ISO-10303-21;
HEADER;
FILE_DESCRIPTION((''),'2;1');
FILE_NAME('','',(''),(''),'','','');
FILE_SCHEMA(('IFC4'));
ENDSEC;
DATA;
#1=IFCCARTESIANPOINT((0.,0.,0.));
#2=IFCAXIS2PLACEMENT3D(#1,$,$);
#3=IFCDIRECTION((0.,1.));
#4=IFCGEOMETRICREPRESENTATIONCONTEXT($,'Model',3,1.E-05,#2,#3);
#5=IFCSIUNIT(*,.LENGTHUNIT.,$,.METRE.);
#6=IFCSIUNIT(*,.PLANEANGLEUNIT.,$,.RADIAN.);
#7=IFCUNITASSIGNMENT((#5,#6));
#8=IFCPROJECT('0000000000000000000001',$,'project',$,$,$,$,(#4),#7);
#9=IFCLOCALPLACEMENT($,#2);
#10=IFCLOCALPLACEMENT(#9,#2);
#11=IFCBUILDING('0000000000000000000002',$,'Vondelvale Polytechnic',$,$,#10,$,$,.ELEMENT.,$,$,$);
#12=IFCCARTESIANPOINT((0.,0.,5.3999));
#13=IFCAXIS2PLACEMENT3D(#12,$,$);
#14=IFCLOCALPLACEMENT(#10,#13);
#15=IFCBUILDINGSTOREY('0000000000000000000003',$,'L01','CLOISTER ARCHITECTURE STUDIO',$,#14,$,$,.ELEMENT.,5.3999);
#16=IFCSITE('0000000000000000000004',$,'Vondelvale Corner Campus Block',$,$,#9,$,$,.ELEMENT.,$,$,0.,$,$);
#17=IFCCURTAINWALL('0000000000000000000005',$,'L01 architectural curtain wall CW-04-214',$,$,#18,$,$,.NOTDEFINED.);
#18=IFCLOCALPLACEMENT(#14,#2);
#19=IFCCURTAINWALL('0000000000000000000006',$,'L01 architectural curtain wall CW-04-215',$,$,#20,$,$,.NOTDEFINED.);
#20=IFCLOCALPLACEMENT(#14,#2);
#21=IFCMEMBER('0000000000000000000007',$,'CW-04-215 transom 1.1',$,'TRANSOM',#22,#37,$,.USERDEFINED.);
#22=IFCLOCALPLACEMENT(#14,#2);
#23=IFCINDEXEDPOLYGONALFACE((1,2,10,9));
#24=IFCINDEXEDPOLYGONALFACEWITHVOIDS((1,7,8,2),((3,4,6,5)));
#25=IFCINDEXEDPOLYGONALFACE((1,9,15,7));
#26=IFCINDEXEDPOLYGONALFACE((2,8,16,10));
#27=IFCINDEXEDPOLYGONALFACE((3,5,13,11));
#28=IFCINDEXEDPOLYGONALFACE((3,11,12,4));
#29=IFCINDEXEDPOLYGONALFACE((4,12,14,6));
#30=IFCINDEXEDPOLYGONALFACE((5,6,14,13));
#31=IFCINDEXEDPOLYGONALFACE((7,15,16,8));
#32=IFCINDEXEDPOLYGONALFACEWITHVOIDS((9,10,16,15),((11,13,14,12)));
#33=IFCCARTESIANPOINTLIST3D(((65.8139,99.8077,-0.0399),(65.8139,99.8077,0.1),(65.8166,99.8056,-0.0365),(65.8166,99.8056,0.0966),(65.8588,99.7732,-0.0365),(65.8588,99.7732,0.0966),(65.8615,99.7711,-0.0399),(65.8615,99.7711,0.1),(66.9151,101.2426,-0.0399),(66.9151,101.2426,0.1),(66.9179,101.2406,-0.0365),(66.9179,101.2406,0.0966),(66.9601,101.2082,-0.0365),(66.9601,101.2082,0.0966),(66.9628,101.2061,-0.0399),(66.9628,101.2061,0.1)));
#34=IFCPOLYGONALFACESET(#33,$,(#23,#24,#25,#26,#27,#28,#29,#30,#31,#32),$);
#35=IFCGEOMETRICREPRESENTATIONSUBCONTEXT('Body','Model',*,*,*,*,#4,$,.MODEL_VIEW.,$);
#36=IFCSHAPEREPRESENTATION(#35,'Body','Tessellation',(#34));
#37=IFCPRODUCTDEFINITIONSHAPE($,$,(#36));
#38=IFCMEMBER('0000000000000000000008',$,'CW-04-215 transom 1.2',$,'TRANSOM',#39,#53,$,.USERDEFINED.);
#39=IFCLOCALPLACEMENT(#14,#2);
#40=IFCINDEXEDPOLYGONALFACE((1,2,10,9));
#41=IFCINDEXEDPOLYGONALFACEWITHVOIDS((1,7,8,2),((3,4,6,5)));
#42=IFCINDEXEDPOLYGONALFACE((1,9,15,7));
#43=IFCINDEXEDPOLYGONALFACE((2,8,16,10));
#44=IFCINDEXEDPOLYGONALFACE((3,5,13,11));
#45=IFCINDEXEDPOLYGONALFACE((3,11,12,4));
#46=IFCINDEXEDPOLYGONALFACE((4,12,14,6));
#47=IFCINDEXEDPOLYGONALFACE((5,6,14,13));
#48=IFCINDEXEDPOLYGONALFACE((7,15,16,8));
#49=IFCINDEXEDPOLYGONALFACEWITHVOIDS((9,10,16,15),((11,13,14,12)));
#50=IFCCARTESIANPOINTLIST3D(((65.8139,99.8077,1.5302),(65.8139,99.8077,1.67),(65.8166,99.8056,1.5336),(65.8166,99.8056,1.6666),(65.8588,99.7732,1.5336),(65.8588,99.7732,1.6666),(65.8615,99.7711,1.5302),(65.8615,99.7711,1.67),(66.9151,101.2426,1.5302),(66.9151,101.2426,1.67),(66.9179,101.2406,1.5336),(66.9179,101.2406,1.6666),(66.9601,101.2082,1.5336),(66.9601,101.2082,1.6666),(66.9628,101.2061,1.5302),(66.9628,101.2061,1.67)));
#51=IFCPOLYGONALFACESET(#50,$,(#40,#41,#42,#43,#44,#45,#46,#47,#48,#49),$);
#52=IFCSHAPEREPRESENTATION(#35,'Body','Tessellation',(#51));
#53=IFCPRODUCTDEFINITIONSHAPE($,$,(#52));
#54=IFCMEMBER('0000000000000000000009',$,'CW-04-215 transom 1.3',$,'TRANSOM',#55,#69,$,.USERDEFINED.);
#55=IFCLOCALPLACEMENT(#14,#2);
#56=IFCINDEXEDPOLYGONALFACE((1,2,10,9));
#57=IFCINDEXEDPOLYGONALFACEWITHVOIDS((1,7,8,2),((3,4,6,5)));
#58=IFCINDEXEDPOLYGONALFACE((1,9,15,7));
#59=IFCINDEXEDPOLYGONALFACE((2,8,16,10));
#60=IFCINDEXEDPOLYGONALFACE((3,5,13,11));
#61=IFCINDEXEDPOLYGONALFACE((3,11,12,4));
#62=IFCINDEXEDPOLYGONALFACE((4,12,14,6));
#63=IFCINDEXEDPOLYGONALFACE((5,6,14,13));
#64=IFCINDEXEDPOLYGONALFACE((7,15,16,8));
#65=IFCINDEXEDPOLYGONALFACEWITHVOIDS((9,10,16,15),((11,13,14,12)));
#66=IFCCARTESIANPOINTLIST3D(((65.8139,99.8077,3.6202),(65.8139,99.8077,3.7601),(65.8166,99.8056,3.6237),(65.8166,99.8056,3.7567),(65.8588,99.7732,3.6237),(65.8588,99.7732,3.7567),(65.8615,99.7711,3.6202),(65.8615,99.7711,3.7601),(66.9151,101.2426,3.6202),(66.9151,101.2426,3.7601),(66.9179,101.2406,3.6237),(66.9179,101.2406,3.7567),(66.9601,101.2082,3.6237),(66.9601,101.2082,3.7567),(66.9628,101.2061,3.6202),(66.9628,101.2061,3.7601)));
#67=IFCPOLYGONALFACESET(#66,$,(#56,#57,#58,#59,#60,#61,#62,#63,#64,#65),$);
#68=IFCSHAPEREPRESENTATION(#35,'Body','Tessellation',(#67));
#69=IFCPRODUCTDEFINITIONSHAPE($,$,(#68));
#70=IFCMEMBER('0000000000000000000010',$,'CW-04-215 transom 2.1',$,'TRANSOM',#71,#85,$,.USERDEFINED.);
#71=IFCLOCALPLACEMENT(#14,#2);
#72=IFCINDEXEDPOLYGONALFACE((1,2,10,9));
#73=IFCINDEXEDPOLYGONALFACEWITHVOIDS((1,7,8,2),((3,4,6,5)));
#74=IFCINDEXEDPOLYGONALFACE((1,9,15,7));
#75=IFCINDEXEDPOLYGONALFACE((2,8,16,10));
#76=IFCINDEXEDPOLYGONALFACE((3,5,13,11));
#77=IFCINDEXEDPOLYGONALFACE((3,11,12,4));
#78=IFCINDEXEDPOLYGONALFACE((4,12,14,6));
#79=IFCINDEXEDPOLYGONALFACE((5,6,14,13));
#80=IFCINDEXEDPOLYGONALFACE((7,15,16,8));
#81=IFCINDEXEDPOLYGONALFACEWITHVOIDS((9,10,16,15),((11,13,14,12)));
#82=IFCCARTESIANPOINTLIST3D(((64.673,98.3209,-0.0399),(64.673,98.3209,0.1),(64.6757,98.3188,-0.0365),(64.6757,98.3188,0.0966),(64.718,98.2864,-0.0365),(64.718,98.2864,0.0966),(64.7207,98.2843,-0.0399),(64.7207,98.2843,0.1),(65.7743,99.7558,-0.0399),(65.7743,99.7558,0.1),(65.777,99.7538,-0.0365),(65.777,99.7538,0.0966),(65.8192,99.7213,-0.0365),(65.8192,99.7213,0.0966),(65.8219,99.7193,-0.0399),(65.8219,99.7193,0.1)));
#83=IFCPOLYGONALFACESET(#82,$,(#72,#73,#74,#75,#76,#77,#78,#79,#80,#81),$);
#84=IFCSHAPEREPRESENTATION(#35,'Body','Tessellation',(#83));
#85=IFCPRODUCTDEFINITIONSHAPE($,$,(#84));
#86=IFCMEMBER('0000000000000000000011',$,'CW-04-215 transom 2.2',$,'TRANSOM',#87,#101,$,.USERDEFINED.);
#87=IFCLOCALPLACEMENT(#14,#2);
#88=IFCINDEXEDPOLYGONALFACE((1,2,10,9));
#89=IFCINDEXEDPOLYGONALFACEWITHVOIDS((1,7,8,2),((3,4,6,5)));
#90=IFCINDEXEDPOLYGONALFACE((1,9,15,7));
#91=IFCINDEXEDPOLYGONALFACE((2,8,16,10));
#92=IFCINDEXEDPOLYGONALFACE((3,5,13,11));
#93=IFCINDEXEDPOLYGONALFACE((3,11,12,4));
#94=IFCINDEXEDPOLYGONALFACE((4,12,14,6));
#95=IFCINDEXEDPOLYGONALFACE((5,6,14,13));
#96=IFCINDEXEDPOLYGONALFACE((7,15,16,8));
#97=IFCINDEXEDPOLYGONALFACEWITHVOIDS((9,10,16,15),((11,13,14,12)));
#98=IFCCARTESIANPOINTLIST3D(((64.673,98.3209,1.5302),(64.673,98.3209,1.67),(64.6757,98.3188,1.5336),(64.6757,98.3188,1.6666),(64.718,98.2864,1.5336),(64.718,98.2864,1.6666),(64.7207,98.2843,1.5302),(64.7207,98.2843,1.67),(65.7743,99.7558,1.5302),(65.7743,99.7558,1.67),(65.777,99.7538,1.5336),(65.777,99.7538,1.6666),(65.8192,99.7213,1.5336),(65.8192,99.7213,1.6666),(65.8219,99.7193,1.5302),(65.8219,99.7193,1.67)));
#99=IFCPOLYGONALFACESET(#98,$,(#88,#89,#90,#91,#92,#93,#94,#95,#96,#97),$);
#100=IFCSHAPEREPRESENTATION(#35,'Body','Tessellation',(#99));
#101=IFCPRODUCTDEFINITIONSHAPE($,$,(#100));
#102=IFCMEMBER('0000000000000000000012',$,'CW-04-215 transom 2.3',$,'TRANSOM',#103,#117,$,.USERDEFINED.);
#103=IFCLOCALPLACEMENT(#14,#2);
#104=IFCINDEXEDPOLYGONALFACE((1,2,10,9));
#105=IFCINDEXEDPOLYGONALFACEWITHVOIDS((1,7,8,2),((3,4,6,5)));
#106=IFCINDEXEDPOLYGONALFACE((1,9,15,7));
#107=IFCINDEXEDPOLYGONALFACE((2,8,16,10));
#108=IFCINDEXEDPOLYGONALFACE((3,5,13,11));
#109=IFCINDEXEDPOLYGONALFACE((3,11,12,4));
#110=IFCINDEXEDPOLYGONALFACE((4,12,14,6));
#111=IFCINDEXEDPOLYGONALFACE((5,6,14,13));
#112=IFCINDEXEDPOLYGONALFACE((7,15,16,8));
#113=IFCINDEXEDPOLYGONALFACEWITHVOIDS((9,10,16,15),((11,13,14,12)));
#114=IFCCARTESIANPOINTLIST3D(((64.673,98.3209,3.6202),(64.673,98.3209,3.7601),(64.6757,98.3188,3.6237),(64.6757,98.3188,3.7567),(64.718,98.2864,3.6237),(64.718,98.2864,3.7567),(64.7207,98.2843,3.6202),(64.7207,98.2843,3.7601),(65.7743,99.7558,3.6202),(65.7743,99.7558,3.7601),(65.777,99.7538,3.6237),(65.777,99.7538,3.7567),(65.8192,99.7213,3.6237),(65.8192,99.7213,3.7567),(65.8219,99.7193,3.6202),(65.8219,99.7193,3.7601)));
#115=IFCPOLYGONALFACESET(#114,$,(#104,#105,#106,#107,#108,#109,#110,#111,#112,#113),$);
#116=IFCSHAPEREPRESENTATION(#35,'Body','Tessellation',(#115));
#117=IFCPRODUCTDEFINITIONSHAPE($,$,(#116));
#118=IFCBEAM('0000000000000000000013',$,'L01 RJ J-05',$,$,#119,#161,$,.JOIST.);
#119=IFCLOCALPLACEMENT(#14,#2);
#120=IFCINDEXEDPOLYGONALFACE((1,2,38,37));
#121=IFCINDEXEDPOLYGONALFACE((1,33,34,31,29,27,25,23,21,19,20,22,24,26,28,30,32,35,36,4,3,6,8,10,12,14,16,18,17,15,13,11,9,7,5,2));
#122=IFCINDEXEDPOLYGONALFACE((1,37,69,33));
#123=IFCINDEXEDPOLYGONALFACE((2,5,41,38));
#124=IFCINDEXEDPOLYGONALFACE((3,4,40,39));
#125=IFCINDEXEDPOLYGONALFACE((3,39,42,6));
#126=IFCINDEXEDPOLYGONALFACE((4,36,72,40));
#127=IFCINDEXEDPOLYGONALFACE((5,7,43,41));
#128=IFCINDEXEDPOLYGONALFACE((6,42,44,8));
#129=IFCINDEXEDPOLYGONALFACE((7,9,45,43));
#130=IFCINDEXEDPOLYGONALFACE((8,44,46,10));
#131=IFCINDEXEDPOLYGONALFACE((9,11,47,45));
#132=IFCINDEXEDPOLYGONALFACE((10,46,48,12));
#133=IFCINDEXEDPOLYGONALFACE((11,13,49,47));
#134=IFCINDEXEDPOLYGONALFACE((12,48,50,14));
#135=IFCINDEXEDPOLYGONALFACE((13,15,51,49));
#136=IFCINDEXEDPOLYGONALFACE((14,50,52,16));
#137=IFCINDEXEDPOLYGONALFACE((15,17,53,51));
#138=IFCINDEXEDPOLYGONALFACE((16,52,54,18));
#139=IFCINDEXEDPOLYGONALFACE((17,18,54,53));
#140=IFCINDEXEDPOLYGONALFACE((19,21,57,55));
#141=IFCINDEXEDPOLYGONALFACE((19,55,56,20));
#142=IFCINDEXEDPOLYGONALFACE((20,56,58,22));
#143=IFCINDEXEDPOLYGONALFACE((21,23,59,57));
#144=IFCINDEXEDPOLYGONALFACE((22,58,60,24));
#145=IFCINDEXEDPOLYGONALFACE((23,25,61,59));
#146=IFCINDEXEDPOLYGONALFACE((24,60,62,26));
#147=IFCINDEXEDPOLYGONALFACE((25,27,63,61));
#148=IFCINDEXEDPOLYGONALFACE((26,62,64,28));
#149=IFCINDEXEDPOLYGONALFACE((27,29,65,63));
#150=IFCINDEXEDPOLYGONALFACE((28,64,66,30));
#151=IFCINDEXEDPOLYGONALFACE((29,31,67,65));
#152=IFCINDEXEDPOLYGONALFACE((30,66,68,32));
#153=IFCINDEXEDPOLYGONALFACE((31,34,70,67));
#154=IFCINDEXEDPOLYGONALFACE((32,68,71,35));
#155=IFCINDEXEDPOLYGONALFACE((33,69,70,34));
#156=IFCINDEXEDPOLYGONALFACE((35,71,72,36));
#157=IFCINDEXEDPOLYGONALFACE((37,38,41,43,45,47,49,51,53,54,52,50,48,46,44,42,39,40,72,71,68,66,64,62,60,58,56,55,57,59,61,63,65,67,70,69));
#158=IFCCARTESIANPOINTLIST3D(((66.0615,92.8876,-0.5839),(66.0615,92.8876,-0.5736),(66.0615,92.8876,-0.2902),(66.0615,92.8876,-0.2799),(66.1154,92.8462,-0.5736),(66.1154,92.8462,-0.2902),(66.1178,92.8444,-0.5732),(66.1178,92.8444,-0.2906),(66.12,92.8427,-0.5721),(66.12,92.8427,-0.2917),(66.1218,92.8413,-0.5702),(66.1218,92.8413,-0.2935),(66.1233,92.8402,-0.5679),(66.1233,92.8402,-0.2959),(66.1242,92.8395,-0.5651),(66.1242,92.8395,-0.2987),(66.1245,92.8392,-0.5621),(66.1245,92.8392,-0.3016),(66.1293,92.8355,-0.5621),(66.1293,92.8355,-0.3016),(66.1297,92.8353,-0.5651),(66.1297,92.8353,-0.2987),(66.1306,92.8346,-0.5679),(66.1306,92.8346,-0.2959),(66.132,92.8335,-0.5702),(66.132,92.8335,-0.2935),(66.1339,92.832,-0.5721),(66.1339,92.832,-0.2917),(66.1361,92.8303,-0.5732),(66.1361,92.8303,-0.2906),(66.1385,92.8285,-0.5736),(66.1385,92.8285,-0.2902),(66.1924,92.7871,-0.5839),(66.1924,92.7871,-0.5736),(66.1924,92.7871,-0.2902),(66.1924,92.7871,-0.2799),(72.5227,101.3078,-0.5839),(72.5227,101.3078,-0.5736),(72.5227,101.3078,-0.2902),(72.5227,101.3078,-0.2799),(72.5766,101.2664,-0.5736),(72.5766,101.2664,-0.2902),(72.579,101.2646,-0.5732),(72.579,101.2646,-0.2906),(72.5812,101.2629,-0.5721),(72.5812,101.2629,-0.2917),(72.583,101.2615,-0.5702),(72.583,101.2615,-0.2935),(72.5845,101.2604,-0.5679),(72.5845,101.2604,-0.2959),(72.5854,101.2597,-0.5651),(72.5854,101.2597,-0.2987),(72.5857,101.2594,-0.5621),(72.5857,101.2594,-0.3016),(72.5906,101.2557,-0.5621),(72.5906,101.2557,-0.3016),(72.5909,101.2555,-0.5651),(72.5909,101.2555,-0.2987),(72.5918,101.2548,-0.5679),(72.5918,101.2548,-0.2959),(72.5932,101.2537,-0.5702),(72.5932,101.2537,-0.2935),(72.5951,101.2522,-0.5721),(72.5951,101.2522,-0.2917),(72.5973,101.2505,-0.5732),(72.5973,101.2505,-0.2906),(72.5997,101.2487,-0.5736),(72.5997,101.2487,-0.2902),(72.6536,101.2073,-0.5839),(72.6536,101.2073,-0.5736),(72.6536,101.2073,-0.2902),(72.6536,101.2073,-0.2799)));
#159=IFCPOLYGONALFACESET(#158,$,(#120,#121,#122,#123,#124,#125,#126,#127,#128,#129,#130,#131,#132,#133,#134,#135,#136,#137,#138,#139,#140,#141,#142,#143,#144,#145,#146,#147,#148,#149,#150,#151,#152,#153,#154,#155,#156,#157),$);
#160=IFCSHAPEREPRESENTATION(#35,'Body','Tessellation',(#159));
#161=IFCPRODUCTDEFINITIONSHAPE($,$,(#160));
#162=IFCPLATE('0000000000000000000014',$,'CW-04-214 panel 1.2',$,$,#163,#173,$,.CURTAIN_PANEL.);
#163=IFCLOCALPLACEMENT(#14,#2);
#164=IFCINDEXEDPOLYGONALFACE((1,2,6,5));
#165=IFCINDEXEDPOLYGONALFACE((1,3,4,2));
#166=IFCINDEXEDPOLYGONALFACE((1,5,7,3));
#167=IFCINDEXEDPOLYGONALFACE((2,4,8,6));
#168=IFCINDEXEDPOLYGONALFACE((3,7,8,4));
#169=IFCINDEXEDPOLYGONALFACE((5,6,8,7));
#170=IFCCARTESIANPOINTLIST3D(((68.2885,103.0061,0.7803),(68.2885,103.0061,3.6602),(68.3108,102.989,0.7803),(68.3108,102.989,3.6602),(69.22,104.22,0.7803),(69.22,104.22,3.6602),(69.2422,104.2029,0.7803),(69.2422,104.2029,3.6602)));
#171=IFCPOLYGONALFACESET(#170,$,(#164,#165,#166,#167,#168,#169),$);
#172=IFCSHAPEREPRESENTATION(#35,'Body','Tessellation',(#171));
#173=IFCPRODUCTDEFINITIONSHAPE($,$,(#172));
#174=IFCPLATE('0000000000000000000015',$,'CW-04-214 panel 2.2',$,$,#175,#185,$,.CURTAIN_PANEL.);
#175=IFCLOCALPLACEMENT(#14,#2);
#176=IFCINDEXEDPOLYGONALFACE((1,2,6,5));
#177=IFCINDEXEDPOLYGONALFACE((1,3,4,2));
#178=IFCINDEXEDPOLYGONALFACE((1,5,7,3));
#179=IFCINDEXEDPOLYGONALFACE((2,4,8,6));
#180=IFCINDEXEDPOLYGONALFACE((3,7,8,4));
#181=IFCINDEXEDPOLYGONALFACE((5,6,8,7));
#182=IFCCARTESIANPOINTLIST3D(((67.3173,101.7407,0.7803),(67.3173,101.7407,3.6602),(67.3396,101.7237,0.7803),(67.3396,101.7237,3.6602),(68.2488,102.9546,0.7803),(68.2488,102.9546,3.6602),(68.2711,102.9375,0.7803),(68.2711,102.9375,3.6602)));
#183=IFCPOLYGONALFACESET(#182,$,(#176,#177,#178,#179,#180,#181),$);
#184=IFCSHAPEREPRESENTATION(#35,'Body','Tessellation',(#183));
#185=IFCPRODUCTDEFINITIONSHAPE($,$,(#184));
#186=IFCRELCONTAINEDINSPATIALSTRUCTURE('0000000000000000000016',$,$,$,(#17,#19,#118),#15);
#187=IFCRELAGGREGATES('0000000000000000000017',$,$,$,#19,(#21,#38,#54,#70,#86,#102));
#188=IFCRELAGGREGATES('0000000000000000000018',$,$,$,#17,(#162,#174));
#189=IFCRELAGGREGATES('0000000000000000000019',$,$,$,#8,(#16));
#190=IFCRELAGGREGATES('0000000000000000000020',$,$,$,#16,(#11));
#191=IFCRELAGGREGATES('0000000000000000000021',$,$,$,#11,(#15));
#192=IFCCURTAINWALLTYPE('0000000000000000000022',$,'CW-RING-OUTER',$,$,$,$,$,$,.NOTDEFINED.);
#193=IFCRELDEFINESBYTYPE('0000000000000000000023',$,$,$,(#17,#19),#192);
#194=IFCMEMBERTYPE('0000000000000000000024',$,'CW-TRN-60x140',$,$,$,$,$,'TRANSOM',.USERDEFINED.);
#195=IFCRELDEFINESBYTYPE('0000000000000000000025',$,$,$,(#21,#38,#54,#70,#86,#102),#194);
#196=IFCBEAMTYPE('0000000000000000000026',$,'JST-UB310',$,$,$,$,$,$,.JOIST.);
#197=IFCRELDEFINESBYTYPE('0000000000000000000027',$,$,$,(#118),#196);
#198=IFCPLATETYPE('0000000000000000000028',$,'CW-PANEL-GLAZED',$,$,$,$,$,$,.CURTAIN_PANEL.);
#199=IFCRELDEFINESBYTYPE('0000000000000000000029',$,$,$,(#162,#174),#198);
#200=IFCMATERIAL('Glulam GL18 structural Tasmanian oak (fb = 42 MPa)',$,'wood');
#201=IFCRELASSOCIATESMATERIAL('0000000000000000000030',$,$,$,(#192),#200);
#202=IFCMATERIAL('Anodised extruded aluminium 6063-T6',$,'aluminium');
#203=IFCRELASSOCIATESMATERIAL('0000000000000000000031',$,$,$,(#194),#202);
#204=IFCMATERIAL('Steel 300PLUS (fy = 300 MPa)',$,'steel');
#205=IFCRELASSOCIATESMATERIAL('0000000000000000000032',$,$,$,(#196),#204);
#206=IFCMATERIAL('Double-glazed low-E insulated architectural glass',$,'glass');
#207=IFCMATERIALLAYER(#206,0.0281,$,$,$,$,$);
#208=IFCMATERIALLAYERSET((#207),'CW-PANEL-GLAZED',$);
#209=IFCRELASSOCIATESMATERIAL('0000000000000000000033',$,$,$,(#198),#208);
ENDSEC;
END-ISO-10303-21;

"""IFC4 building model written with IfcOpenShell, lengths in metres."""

from ifc_helpers import new_model, si_unit, direction, frame, origin, origin_2d, place, context, subcontext, project, spatial, rectangle, hollow_rectangle, i_section, extrude, material, layer, layer_set, material_profile, profile_set, type_object, element, aggregate, save


model = new_model("IFC4")

# Units and contexts
model_context = context("Model", 3, precision=1e-05, world=origin(), true_north=direction((0.0, 1.0)))
body_context = subcontext(model_context, "Body", "Model", "MODEL_VIEW")
ifc_project = project(units=[si_unit("LENGTHUNIT", "METRE"), si_unit("PLANEANGLEUNIT", "RADIAN")], contexts=[model_context])

# Site, building, storey
site_placement = place(None, origin())
site = spatial("IfcSite", under=ifc_project, at=site_placement, Name="Vondelvale Corner Campus Block", CompositionType="ELEMENT", RefElevation=0.0)
building_placement = place(site_placement, origin())
building = spatial("IfcBuilding", under=site, at=building_placement, Name="Vondelvale Polytechnic", CompositionType="ELEMENT")
storey_placement = place(building_placement, frame((0.0, 0.0, 5.3999)))
storey = spatial("IfcBuildingStorey", under=building, at=storey_placement, Name="L01", Description="CLOISTER ARCHITECTURE STUDIO", CompositionType="ELEMENT", Elevation=5.3999)

# Shared definitions
ifc_material_1 = material(Name="Glulam GL18 structural Tasmanian oak (fb = 42 MPa)", Category="wood")

# Curtain walls
curtain_wall_type = type_object("IfcCurtainWallType", Name="CW-RING-OUTER", PredefinedType="NOTDEFINED", material=ifc_material_1)
curtain_wall_1_placement = place(storey_placement, origin())
curtain_wall_1 = element("IfcCurtainWall", 1, at=curtain_wall_1_placement, inside=storey, type_object=curtain_wall_type, Name="L01 architectural curtain wall CW-04-214", PredefinedType="NOTDEFINED")
ifc_material_2 = material(Name="Anodised extruded aluminium 6063-T6", Category="aluminium")
curtain_wall_2_placement = place(storey_placement, origin())
curtain_wall_2 = element("IfcCurtainWall", 2, at=curtain_wall_2_placement, inside=storey, type_object=curtain_wall_type, Name="L01 architectural curtain wall CW-04-215", PredefinedType="NOTDEFINED")

# Members
ifc_material_profile_1 = material_profile(ifc_material_2, hollow_rectangle(XDim=0.0601, YDim=0.1399, WallThickness=0.0034, at=origin_2d()), Name="CW-TRN-140x60")
ifc_profile_set_1 = profile_set([ifc_material_profile_1], Name="Anodised extruded aluminium 6063-T6")
member_type_1 = type_object("IfcMemberType", Name="CW-TRN-60x140", ElementType="TRANSOM", PredefinedType="USERDEFINED", material=ifc_profile_set_1)
member_1_placement = place(storey_placement, frame((66.939, 101.2244, 0.03), z_axis=(-0.608817, -0.793311, 0.0), x_axis=(0.793311, -0.608817, 0.0)))
member_1 = element("IfcMember", 3, at=member_1_placement, type_object=member_type_1, Name="CW-04-215 transom 1.1", ObjectType="TRANSOM", PredefinedType="USERDEFINED", context=body_context, shape_type="SweptSolid", body=[
    extrude(hollow_rectangle(XDim=0.0601, YDim=0.1399, WallThickness=0.0034, at=origin_2d()), origin(), (0.0, 0.0, 1.0), 1.8088),
])
member_2_placement = place(storey_placement, frame((66.939, 101.2244, 1.6001), z_axis=(-0.608817, -0.793311, 0.0), x_axis=(0.793311, -0.608817, 0.0)))
member_2 = element("IfcMember", 4, at=member_2_placement, type_object=member_type_1, Name="CW-04-215 transom 1.2", ObjectType="TRANSOM", PredefinedType="USERDEFINED", context=body_context, shape_type="SweptSolid", body=[
    extrude(hollow_rectangle(XDim=0.0601, YDim=0.1399, WallThickness=0.0034, at=origin_2d()), origin(), (0.0, 0.0, 1.0), 1.8088),
])
member_3_placement = place(storey_placement, frame((66.939, 101.2244, 3.6902), z_axis=(-0.608817, -0.793311, 0.0), x_axis=(0.793311, -0.608817, 0.0)))
member_3 = element("IfcMember", 5, at=member_3_placement, type_object=member_type_1, Name="CW-04-215 transom 1.3", ObjectType="TRANSOM", PredefinedType="USERDEFINED", context=body_context, shape_type="SweptSolid", body=[
    extrude(hollow_rectangle(XDim=0.0601, YDim=0.1399, WallThickness=0.0034, at=origin_2d()), origin(), (0.0, 0.0, 1.0), 1.8088),
])
member_4_placement = place(storey_placement, frame((65.7981, 99.7375, 0.03), z_axis=(-0.608817, -0.793311, 0.0), x_axis=(0.793311, -0.608817, 0.0)))
member_4 = element("IfcMember", 6, at=member_4_placement, type_object=member_type_1, Name="CW-04-215 transom 2.1", ObjectType="TRANSOM", PredefinedType="USERDEFINED", context=body_context, shape_type="SweptSolid", body=[
    extrude(hollow_rectangle(XDim=0.0601, YDim=0.1399, WallThickness=0.0034, at=origin_2d()), origin(), (0.0, 0.0, 1.0), 1.8088),
])
member_5_placement = place(storey_placement, frame((65.7981, 99.7375, 1.6001), z_axis=(-0.608817, -0.793311, 0.0), x_axis=(0.793311, -0.608817, 0.0)))
member_5 = element("IfcMember", 7, at=member_5_placement, type_object=member_type_1, Name="CW-04-215 transom 2.2", ObjectType="TRANSOM", PredefinedType="USERDEFINED", context=body_context, shape_type="SweptSolid", body=[
    extrude(hollow_rectangle(XDim=0.0601, YDim=0.1399, WallThickness=0.0034, at=origin_2d()), origin(), (0.0, 0.0, 1.0), 1.8088),
])
member_6_placement = place(storey_placement, frame((65.7981, 99.7375, 3.6902), z_axis=(-0.608817, -0.793311, 0.0), x_axis=(0.793311, -0.608817, 0.0)))
member_6 = element("IfcMember", 8, at=member_6_placement, type_object=member_type_1, Name="CW-04-215 transom 2.3", ObjectType="TRANSOM", PredefinedType="USERDEFINED", context=body_context, shape_type="SweptSolid", body=[
    extrude(hollow_rectangle(XDim=0.0601, YDim=0.1399, WallThickness=0.0034, at=origin_2d()), origin(), (0.0, 0.0, 1.0), 1.8088),
])

# Beam
ifc_material_3 = material(Name="Steel 300PLUS (fy = 300 MPa)", Category="steel")
ifc_material_profile_2 = material_profile(ifc_material_3, i_section(OverallWidth=0.165, OverallDepth=0.304, WebThickness=0.0061, FlangeThickness=0.0103, FilletRadius=0.0115, at=origin_2d()), Name="310UB40.4")
ifc_profile_set_2 = profile_set([ifc_material_profile_2], Name="Steel 300PLUS (fy = 300 MPa)")
beam_type = type_object("IfcBeamType", Name="JST-UB310", PredefinedType="JOIST", material=ifc_profile_set_2)
beam_placement = place(storey_placement, frame((72.5881, 101.2576, -0.4319), z_axis=(-0.608771, -0.793346, 0.0), x_axis=(0.793346, -0.608771, 0.0)))
element("IfcBeam", 9, at=beam_placement, inside=storey, type_object=beam_type, Name="L01 RJ J-05", PredefinedType="JOIST", context=body_context, shape_type="SweptSolid", body=[
    extrude(i_section(OverallWidth=0.165, OverallDepth=0.304, WebThickness=0.0061, FlangeThickness=0.0103, FilletRadius=0.0115, at=origin_2d()), origin(), (0.0, 0.0, 1.0), 10.6135),
])

# Plates
ifc_material_4 = material(Name="Double-glazed low-E insulated architectural glass", Category="glass")
ifc_layer_1 = layer(ifc_material_4, 0.0281)
ifc_layer_set_1 = layer_set([ifc_layer_1], Name="CW-PANEL-GLAZED")
plate_type_1 = type_object("IfcPlateType", Name="CW-PANEL-GLAZED", PredefinedType="CURTAIN_PANEL", material=ifc_layer_set_1)
plate_1_placement = place(storey_placement, frame((68.7654, 103.6045, 0.7803), z_axis=(0.0, 0.0, 1.0), x_axis=(-0.608787, -0.793334, 0.0)))
plate_1 = element("IfcPlate", 10, at=plate_1_placement, type_object=plate_type_1, Name="CW-04-214 panel 1.2", PredefinedType="CURTAIN_PANEL", context=body_context, shape_type="SweptSolid", body=[
    extrude(rectangle(XDim=1.53, YDim=0.0281, at=origin_2d()), origin(), (0.0, 0.0, 1.0), 2.8799),
])
plate_2_placement = place(storey_placement, frame((67.7942, 102.3391, 0.7803), z_axis=(0.0, 0.0, 1.0), x_axis=(-0.608787, -0.793334, 0.0)))
plate_2 = element("IfcPlate", 11, at=plate_2_placement, type_object=plate_type_1, Name="CW-04-214 panel 2.2", PredefinedType="CURTAIN_PANEL", context=body_context, shape_type="SweptSolid", body=[
    extrude(rectangle(XDim=1.53, YDim=0.0281, at=origin_2d()), origin(), (0.0, 0.0, 1.0), 2.8799),
])
aggregate(curtain_wall_2, [member_1, member_2, member_3, member_4, member_5, member_6])
aggregate(curtain_wall_1, [plate_1, plate_2])

save(model, "model.ifc")
